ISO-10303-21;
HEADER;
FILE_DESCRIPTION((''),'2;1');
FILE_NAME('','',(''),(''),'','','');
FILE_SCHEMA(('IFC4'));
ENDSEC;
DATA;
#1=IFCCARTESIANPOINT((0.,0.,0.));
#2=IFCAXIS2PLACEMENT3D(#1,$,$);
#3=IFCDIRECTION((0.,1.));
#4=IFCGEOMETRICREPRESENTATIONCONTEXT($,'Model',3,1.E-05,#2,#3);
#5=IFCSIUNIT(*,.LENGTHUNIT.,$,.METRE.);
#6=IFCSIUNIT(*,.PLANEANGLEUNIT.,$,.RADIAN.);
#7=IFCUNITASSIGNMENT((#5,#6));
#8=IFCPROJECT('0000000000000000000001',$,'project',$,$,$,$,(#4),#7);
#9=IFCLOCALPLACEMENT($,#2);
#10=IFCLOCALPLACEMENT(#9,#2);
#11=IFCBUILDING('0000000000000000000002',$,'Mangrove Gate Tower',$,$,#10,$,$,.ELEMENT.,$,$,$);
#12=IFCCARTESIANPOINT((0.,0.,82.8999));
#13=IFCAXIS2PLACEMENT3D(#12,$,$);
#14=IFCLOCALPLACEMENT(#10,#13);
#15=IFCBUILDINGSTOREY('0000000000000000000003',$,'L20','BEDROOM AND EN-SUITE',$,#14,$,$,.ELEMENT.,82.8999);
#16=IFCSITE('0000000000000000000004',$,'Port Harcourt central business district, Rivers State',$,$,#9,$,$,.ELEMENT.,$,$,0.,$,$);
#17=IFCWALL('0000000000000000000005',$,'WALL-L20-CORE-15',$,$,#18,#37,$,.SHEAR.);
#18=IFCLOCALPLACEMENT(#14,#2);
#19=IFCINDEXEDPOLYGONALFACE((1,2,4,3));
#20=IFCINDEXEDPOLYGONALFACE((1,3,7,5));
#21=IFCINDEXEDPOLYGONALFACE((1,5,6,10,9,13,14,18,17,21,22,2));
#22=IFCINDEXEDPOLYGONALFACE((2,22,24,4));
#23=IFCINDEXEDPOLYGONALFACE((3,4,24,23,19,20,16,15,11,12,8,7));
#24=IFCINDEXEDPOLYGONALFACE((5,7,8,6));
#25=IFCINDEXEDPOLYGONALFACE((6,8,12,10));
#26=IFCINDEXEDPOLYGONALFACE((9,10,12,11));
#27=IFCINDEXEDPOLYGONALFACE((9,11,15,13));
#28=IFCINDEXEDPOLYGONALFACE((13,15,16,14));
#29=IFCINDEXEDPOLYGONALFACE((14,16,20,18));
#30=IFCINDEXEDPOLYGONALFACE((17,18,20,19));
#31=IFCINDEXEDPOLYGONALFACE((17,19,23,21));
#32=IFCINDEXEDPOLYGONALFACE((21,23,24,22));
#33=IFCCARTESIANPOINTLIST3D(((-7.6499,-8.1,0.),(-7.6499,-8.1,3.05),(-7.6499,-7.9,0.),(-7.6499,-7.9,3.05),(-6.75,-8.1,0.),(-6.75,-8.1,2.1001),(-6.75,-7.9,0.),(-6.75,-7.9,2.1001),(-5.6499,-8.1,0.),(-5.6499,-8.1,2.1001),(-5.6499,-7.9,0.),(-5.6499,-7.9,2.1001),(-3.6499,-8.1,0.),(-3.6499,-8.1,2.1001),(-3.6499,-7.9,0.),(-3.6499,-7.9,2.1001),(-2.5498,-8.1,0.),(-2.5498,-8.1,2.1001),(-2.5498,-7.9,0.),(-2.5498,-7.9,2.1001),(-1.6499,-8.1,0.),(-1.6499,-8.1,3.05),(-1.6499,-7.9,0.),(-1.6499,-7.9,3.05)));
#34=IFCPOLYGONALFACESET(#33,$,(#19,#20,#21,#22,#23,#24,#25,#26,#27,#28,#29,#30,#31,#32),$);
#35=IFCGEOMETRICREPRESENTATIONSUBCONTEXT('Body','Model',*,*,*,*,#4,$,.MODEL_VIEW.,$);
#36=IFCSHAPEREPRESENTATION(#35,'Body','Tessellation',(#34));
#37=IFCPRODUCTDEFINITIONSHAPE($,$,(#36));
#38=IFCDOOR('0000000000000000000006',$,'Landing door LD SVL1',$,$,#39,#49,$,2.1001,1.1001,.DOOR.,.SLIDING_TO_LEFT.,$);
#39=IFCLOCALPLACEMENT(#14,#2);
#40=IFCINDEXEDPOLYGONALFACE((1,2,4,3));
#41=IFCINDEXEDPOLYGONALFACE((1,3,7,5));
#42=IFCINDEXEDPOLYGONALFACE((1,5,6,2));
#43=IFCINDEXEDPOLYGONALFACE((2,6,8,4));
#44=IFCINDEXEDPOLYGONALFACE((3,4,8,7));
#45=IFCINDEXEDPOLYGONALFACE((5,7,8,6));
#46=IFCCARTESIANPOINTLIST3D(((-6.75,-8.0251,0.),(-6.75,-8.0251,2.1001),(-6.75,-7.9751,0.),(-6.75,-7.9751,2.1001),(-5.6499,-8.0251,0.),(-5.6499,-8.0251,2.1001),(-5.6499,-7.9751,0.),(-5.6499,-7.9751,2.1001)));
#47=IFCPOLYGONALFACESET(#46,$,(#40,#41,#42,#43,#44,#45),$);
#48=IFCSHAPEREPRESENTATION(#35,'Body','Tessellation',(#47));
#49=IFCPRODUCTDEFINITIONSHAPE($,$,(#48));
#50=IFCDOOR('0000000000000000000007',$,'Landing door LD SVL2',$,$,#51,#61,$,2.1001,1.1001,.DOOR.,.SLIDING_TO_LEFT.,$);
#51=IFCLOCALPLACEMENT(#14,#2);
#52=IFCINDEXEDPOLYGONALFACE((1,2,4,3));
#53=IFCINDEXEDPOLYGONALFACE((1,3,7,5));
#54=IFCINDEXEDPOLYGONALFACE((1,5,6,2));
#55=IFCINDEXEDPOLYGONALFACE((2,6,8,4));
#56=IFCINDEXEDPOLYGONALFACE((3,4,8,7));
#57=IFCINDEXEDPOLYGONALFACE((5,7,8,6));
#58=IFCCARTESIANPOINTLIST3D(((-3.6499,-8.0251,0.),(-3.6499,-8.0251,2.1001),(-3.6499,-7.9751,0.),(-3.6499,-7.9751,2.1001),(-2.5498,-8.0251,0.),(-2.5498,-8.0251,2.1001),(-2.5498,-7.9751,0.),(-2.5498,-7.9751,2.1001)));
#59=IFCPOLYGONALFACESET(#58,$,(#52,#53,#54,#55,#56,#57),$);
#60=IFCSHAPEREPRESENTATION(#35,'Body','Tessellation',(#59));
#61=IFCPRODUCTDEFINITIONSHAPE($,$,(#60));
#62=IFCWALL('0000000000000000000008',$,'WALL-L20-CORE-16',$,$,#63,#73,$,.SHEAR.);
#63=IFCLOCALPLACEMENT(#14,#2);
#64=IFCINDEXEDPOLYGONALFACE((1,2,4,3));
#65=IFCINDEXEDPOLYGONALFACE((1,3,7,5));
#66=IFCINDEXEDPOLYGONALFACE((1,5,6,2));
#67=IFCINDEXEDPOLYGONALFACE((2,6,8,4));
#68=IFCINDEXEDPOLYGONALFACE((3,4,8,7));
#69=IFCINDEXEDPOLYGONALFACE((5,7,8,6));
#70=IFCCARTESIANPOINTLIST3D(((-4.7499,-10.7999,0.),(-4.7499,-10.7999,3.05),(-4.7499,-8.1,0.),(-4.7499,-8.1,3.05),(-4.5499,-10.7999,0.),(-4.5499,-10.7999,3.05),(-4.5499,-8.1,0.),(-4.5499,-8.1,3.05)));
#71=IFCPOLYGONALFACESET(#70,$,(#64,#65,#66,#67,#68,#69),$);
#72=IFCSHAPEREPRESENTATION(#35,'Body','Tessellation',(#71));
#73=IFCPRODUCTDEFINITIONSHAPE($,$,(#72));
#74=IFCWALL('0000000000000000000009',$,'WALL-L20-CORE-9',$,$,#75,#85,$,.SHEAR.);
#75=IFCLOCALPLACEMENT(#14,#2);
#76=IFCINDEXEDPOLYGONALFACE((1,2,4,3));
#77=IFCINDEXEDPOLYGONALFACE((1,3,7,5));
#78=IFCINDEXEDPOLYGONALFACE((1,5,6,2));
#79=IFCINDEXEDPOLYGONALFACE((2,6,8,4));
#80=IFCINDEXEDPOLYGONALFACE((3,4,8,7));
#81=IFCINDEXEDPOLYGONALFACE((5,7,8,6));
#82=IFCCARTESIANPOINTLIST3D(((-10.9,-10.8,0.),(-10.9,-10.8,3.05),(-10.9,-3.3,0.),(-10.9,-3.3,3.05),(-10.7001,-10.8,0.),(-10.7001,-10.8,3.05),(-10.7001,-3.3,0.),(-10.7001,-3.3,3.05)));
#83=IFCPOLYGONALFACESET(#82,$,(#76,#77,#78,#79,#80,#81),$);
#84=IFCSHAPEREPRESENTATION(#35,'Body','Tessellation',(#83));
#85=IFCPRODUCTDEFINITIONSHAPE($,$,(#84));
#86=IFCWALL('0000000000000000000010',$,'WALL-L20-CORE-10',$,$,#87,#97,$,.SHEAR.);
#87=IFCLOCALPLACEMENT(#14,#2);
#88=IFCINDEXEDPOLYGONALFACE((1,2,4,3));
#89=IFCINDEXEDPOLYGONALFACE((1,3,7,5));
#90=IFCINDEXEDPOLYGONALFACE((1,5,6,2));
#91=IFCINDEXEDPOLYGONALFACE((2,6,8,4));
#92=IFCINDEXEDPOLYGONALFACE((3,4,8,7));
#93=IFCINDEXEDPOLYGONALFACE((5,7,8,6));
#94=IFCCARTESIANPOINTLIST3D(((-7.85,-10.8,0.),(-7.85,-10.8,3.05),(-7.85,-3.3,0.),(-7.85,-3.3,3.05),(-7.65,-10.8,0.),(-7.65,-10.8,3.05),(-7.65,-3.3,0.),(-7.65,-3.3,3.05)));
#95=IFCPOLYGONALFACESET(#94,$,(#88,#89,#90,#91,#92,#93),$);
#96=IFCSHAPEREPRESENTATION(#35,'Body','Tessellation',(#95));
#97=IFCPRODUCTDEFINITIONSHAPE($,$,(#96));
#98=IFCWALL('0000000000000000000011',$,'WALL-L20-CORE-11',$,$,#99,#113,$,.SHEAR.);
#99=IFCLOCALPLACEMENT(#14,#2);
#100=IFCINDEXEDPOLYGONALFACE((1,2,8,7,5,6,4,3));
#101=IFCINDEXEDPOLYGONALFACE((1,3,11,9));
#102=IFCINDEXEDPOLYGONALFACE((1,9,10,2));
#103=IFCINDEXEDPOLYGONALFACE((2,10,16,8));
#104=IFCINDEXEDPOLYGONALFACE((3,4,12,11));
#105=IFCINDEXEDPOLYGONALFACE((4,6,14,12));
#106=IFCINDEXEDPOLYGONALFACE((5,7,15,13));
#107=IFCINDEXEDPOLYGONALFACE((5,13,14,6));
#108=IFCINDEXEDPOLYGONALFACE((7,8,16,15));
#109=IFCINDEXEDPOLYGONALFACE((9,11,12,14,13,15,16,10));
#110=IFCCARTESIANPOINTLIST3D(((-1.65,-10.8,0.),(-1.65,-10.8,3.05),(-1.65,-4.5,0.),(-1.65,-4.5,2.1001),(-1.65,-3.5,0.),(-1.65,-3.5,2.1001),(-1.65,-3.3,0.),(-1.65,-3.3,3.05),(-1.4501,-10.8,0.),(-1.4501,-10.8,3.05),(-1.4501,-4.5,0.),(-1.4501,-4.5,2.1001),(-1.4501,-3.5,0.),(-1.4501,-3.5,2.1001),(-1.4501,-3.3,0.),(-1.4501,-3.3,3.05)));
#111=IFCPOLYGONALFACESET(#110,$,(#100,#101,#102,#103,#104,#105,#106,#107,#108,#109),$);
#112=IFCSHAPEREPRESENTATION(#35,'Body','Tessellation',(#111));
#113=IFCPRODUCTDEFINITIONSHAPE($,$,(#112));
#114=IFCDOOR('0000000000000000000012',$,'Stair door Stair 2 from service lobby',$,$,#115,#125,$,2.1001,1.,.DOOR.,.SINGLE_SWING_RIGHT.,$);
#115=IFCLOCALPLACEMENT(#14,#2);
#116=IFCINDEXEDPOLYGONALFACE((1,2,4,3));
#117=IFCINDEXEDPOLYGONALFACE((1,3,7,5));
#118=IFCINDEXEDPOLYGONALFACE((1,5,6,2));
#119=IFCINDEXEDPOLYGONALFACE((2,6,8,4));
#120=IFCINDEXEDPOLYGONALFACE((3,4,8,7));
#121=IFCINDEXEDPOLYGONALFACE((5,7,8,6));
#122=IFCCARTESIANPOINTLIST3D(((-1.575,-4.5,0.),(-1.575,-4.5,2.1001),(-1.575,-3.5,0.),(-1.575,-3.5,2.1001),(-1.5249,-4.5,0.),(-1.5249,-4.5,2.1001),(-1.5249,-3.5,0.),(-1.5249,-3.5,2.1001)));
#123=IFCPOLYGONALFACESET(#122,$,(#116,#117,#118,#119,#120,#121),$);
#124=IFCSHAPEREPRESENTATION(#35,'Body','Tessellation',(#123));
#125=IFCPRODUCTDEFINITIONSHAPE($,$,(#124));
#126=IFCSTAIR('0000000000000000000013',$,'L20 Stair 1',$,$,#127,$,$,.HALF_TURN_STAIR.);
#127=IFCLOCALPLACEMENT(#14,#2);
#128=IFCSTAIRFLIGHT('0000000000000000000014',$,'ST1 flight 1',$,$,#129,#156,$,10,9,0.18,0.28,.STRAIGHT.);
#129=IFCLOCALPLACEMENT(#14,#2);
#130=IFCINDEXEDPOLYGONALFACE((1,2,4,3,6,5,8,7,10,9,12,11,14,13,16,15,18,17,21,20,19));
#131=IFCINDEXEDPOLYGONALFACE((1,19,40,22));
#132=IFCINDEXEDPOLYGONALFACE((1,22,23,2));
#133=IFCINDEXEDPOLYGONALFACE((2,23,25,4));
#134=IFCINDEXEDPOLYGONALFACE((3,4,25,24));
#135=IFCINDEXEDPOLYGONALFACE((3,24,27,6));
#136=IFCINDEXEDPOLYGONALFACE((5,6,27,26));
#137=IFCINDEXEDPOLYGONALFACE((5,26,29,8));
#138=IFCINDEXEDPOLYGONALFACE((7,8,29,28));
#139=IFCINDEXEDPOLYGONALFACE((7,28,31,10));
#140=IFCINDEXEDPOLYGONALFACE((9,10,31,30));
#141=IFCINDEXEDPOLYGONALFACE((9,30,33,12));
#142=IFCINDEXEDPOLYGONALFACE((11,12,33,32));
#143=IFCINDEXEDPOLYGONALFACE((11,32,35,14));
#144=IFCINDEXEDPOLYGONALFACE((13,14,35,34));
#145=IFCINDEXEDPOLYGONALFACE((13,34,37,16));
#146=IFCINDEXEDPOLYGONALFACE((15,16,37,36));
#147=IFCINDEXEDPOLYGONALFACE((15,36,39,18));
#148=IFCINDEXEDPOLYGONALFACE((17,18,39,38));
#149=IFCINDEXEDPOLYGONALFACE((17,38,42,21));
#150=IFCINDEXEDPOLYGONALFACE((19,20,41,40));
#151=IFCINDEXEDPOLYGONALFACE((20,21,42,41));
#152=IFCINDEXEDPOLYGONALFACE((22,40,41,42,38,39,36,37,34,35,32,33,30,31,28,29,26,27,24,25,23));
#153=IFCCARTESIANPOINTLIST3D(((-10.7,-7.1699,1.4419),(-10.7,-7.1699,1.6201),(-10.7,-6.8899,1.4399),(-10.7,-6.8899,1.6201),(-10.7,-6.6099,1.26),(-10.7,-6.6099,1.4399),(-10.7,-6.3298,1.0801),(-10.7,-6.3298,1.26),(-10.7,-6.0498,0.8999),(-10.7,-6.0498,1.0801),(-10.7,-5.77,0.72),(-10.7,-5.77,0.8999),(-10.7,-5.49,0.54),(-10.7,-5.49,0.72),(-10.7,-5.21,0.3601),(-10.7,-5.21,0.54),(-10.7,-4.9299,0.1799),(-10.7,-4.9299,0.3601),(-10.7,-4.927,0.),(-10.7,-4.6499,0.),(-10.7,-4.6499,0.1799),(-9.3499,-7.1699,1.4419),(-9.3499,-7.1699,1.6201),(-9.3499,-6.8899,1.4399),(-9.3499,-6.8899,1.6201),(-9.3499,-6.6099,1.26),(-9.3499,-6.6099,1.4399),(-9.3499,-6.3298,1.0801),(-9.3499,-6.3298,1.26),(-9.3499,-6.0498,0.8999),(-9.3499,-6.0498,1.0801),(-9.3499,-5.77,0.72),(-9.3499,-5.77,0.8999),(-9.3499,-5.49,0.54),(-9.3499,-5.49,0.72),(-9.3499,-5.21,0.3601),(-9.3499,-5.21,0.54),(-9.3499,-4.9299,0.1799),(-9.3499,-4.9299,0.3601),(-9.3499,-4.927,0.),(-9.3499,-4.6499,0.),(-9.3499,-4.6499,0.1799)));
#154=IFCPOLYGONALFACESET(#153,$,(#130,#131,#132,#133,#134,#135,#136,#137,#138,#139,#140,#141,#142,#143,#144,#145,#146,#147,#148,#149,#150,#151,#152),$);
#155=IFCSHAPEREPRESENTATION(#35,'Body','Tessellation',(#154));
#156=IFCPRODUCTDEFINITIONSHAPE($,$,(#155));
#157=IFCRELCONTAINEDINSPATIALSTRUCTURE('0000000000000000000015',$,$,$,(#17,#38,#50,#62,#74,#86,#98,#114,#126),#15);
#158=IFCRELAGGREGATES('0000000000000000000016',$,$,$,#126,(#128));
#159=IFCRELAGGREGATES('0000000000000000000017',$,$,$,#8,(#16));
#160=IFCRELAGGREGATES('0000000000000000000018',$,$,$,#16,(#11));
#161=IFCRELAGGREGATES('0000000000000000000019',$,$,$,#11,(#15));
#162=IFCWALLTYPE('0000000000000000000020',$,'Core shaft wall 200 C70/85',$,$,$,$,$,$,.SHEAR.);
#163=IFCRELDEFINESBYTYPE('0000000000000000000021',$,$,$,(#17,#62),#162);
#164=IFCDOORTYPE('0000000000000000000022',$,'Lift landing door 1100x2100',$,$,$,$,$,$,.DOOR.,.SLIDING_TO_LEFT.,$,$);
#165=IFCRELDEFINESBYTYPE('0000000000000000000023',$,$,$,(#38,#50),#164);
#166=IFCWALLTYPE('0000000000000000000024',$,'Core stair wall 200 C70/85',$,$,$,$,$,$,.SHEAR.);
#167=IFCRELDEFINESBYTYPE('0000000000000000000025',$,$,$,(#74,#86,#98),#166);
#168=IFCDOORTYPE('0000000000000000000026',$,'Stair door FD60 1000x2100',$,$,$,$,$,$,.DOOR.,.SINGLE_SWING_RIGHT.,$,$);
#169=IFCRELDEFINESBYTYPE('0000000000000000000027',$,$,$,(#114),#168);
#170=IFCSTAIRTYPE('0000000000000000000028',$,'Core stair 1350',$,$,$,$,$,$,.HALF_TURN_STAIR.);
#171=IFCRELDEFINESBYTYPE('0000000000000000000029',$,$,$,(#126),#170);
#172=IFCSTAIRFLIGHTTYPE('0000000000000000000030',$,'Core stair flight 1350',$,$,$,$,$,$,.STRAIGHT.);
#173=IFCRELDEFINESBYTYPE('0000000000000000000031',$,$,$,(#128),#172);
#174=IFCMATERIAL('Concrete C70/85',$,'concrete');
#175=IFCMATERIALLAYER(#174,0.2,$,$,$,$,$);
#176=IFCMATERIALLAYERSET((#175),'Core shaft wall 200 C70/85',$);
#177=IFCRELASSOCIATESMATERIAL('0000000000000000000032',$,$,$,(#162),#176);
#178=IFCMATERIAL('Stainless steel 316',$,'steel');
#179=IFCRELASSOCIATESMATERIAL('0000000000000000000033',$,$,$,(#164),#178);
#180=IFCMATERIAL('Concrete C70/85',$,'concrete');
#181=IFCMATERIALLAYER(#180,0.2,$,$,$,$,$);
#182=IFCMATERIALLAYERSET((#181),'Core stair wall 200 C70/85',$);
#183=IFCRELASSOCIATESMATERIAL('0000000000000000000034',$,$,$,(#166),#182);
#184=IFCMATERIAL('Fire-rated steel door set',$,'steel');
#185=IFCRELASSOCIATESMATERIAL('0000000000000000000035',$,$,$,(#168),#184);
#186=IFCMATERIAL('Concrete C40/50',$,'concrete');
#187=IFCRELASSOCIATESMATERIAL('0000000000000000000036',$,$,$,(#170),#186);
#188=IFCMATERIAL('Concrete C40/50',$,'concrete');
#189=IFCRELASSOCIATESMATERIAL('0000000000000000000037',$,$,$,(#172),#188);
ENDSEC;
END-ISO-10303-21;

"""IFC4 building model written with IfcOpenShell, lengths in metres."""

from ifc_helpers import new_model, si_unit, direction, frame, frame_2d, origin, place, context, subcontext, project, spatial, polyline, rectangle, outline, extrude, material, layer, layer_set, type_object, element, fill, aggregate, save


model = new_model("IFC4")

# Units and contexts
model_context = context("Model", 3, precision=1e-05, world=origin(), true_north=direction((0.0, 1.0)))
body_context = subcontext(model_context, "Body", "Model", "MODEL_VIEW")
ifc_project = project(units=[si_unit("LENGTHUNIT", "METRE"), si_unit("PLANEANGLEUNIT", "RADIAN")], contexts=[model_context])

# Site, building, storey
site_placement = place(None, origin())
site = spatial("IfcSite", under=ifc_project, at=site_placement, Name="Port Harcourt central business district, Rivers State", CompositionType="ELEMENT", RefElevation=0.0)
building_placement = place(site_placement, origin())
building = spatial("IfcBuilding", under=site, at=building_placement, Name="Mangrove Gate Tower", CompositionType="ELEMENT")
storey_placement = place(building_placement, frame((0.0, 0.0, 82.8999)))
storey = spatial("IfcBuildingStorey", under=building, at=storey_placement, Name="L20", Description="BEDROOM AND EN-SUITE", CompositionType="ELEMENT", Elevation=82.8999)

# Wall, openings, doors
ifc_material_1 = material(Name="Concrete C70/85", Category="concrete")
ifc_layer_1 = layer(ifc_material_1, 0.2)
ifc_layer_set_1 = layer_set([ifc_layer_1], Name="Core shaft wall 200 C70/85")
wall_type_1 = type_object("IfcWallType", Name="Core shaft wall 200 C70/85", PredefinedType="SHEAR", material=ifc_layer_set_1)
wall_1_placement = place(storey_placement, frame((-7.6499, -8.0, 0.0), z_axis=(0.0, 0.0, 1.0), x_axis=(1.0, 0.0, 0.0)))
wall_1 = element("IfcWall", 1, at=wall_1_placement, inside=storey, type_object=wall_type_1, Name="WALL-L20-CORE-15", PredefinedType="SHEAR", context=body_context, shape_type="SweptSolid", body=[
    extrude(rectangle(XDim=6.0, YDim=0.2, at=frame_2d((3.0, 0.0))), origin(), (0.0, 0.0, 1.0), 3.05),
])
opening_1_placement = place(wall_1_placement, frame((0.8999, 0.0, 0.0)))
opening_1 = element("IfcOpeningElement", 2, at=opening_1_placement, cuts=wall_1, PredefinedType="OPENING", context=body_context, shape_type="SweptSolid", body=[
    extrude(rectangle(XDim=1.1001, YDim=2.1001, at=frame_2d((0.55, 1.05))), frame((0.0, 0.1099, 0.0), z_axis=(0.0, -1.0, 0.0), x_axis=(1.0, 0.0, 0.0)), (0.0, 0.0, 1.0), 0.22),
])
opening_2_placement = place(wall_1_placement, frame((4.0, 0.0, 0.0)))
opening_2 = element("IfcOpeningElement", 3, at=opening_2_placement, cuts=wall_1, PredefinedType="OPENING", context=body_context, shape_type="SweptSolid", body=[
    extrude(rectangle(XDim=1.1001, YDim=2.1001, at=frame_2d((0.55, 1.05))), frame((0.0, 0.1099, 0.0), z_axis=(0.0, -1.0, 0.0), x_axis=(1.0, 0.0, 0.0)), (0.0, 0.0, 1.0), 0.22),
])
ifc_material_2 = material(Name="Stainless steel 316", Category="steel")
door_type_1 = type_object("IfcDoorType", Name="Lift landing door 1100x2100", OperationType="SLIDING_TO_LEFT", PredefinedType="DOOR", material=ifc_material_2)
door_1_placement = place(opening_1_placement, origin())
door_1 = element("IfcDoor", 4, at=door_1_placement, inside=storey, type_object=door_type_1, Name="Landing door LD SVL1", OperationType="SLIDING_TO_LEFT", OverallHeight=2.1001, OverallWidth=1.1001, PredefinedType="DOOR", context=body_context, shape_type="SweptSolid", body=[
    extrude(rectangle(XDim=1.1001, YDim=2.1001, at=frame_2d((0.55, 1.05))), frame((0.0, 0.0249, 0.0), z_axis=(0.0, -1.0, 0.0), x_axis=(1.0, 0.0, 0.0)), (0.0, 0.0, 1.0), 0.05),
])
fill(opening_1, door_1)
door_2_placement = place(opening_2_placement, origin())
door_2 = element("IfcDoor", 5, at=door_2_placement, inside=storey, type_object=door_type_1, Name="Landing door LD SVL2", OperationType="SLIDING_TO_LEFT", OverallHeight=2.1001, OverallWidth=1.1001, PredefinedType="DOOR", context=body_context, shape_type="SweptSolid", body=[
    extrude(rectangle(XDim=1.1001, YDim=2.1001, at=frame_2d((0.55, 1.05))), frame((0.0, 0.0249, 0.0), z_axis=(0.0, -1.0, 0.0), x_axis=(1.0, 0.0, 0.0)), (0.0, 0.0, 1.0), 0.05),
])
fill(opening_2, door_2)

# Walls
wall_2_placement = place(storey_placement, frame((-4.6499, -10.8, 0.0), z_axis=(0.0, 0.0, 1.0), x_axis=(0.0, 1.0, 0.0)))
element("IfcWall", 6, at=wall_2_placement, inside=storey, type_object=wall_type_1, Name="WALL-L20-CORE-16", PredefinedType="SHEAR", context=body_context, shape_type="SweptSolid", body=[
    extrude(rectangle(XDim=2.7, YDim=0.2, at=frame_2d((1.3501, 0.0))), origin(), (0.0, 0.0, 1.0), 3.05),
])
ifc_material_3 = material(Name="Concrete C70/85", Category="concrete")
ifc_layer_2 = layer(ifc_material_3, 0.2)
ifc_layer_set_2 = layer_set([ifc_layer_2], Name="Core stair wall 200 C70/85")
wall_type_2 = type_object("IfcWallType", Name="Core stair wall 200 C70/85", PredefinedType="SHEAR", material=ifc_layer_set_2)
for number, where, z_axis, x_axis, name in (
    (7, (-10.8, -10.8, 0.0), (0.0, 0.0, 1.0), (0.0, 1.0, 0.0), "WALL-L20-CORE-9"),
    (8, (-7.75, -10.8, 0.0), (0.0, 0.0, 1.0), (0.0, 1.0, 0.0), "WALL-L20-CORE-10"),
):
    element("IfcWall", number, at=place(storey_placement, frame(where, z_axis=z_axis, x_axis=x_axis)), inside=storey, type_object=wall_type_2, Name=name, PredefinedType="SHEAR", context=body_context, shape_type="SweptSolid", body=[
        extrude(rectangle(XDim=7.5, YDim=0.2, at=frame_2d((3.75, 0.0))), origin(), (0.0, 0.0, 1.0), 3.05),
    ])

# Wall, opening, door
wall_3_placement = place(storey_placement, frame((-1.55, -10.8, 0.0), z_axis=(0.0, 0.0, 1.0), x_axis=(0.0, 1.0, 0.0)))
wall_3 = element("IfcWall", 9, at=wall_3_placement, inside=storey, type_object=wall_type_2, Name="WALL-L20-CORE-11", PredefinedType="SHEAR", context=body_context, shape_type="SweptSolid", body=[
    extrude(rectangle(XDim=7.5, YDim=0.2, at=frame_2d((3.75, 0.0))), origin(), (0.0, 0.0, 1.0), 3.05),
])
opening_3_placement = place(wall_3_placement, frame((6.3, 0.0, 0.0)))
opening_3 = element("IfcOpeningElement", 10, at=opening_3_placement, cuts=wall_3, PredefinedType="OPENING", context=body_context, shape_type="SweptSolid", body=[
    extrude(rectangle(XDim=1.0, YDim=2.1001, at=frame_2d((0.5, 1.05))), frame((0.0, 0.1099, 0.0), z_axis=(0.0, -1.0, 0.0), x_axis=(1.0, 0.0, 0.0)), (0.0, 0.0, 1.0), 0.22),
])
ifc_material_4 = material(Name="Fire-rated steel door set", Category="steel")
door_type_2 = type_object("IfcDoorType", Name="Stair door FD60 1000x2100", OperationType="SINGLE_SWING_RIGHT", PredefinedType="DOOR", material=ifc_material_4)
door_3_placement = place(opening_3_placement, origin())
door_3 = element("IfcDoor", 11, at=door_3_placement, inside=storey, type_object=door_type_2, Name="Stair door Stair 2 from service lobby", OperationType="SINGLE_SWING_RIGHT", OverallHeight=2.1001, OverallWidth=1.0, PredefinedType="DOOR", context=body_context, shape_type="SweptSolid", body=[
    extrude(rectangle(XDim=1.0, YDim=2.1001, at=frame_2d((0.5, 1.05))), frame((0.0, 0.0249, 0.0), z_axis=(0.0, -1.0, 0.0), x_axis=(1.0, 0.0, 0.0)), (0.0, 0.0, 1.0), 0.05),
])
fill(opening_3, door_3)

# Stair, stair flight
ifc_material_5 = material(Name="Concrete C40/50", Category="concrete")
stair_type = type_object("IfcStairType", Name="Core stair 1350", PredefinedType="HALF_TURN_STAIR", material=ifc_material_5)
stair_1_placement = place(storey_placement, origin())
stair_1 = element("IfcStair", 12, at=stair_1_placement, inside=storey, type_object=stair_type, Name="L20 Stair 1", PredefinedType="HALF_TURN_STAIR")
ifc_material_6 = material(Name="Concrete C40/50", Category="concrete")
stair_flight_type = type_object("IfcStairFlightType", Name="Core stair flight 1350", PredefinedType="STRAIGHT", material=ifc_material_6)
stair_flight_1_placement = place(storey_placement, frame((-10.0249, -4.6499, 0.0), z_axis=(0.0, 0.0, 1.0), x_axis=(0.0, -1.0, 0.0)))
stair_flight_1 = element("IfcStairFlight", 13, at=stair_flight_1_placement, type_object=stair_flight_type, Name="ST1 flight 1", NumberOfRisers=10, NumberOfTreads=9, PredefinedType="STRAIGHT", RiserHeight=0.18, TreadLength=0.28, context=body_context, shape_type="SweptSolid", body=[
    extrude(outline(polyline([(0.0, 0.0), (0.0, 0.1799), (0.28, 0.1799), (0.28, 0.3601), (0.5601, 0.3601), (0.5601, 0.54), (0.8401, 0.54), (0.8401, 0.72), (1.1201, 0.72), (1.1201, 0.8999), (1.3999, 0.8999), (1.3999, 1.0801), (1.6799, 1.0801), (1.6799, 1.26), (1.96, 1.26), (1.96, 1.4399), (2.24, 1.4399), (2.24, 1.6201), (2.52, 1.6201), (2.52, 1.8), (2.52, 1.4419), (0.2771, 0.0), (0.0, 0.0)])), frame((0.0, 0.675, 0.0), z_axis=(0.0, -1.0, 0.0), x_axis=(1.0, 0.0, 0.0)), (0.0, 0.0, 1.0), 1.3501),
])
aggregate(stair_1, [stair_flight_1])

save(model, "model.ifc")
